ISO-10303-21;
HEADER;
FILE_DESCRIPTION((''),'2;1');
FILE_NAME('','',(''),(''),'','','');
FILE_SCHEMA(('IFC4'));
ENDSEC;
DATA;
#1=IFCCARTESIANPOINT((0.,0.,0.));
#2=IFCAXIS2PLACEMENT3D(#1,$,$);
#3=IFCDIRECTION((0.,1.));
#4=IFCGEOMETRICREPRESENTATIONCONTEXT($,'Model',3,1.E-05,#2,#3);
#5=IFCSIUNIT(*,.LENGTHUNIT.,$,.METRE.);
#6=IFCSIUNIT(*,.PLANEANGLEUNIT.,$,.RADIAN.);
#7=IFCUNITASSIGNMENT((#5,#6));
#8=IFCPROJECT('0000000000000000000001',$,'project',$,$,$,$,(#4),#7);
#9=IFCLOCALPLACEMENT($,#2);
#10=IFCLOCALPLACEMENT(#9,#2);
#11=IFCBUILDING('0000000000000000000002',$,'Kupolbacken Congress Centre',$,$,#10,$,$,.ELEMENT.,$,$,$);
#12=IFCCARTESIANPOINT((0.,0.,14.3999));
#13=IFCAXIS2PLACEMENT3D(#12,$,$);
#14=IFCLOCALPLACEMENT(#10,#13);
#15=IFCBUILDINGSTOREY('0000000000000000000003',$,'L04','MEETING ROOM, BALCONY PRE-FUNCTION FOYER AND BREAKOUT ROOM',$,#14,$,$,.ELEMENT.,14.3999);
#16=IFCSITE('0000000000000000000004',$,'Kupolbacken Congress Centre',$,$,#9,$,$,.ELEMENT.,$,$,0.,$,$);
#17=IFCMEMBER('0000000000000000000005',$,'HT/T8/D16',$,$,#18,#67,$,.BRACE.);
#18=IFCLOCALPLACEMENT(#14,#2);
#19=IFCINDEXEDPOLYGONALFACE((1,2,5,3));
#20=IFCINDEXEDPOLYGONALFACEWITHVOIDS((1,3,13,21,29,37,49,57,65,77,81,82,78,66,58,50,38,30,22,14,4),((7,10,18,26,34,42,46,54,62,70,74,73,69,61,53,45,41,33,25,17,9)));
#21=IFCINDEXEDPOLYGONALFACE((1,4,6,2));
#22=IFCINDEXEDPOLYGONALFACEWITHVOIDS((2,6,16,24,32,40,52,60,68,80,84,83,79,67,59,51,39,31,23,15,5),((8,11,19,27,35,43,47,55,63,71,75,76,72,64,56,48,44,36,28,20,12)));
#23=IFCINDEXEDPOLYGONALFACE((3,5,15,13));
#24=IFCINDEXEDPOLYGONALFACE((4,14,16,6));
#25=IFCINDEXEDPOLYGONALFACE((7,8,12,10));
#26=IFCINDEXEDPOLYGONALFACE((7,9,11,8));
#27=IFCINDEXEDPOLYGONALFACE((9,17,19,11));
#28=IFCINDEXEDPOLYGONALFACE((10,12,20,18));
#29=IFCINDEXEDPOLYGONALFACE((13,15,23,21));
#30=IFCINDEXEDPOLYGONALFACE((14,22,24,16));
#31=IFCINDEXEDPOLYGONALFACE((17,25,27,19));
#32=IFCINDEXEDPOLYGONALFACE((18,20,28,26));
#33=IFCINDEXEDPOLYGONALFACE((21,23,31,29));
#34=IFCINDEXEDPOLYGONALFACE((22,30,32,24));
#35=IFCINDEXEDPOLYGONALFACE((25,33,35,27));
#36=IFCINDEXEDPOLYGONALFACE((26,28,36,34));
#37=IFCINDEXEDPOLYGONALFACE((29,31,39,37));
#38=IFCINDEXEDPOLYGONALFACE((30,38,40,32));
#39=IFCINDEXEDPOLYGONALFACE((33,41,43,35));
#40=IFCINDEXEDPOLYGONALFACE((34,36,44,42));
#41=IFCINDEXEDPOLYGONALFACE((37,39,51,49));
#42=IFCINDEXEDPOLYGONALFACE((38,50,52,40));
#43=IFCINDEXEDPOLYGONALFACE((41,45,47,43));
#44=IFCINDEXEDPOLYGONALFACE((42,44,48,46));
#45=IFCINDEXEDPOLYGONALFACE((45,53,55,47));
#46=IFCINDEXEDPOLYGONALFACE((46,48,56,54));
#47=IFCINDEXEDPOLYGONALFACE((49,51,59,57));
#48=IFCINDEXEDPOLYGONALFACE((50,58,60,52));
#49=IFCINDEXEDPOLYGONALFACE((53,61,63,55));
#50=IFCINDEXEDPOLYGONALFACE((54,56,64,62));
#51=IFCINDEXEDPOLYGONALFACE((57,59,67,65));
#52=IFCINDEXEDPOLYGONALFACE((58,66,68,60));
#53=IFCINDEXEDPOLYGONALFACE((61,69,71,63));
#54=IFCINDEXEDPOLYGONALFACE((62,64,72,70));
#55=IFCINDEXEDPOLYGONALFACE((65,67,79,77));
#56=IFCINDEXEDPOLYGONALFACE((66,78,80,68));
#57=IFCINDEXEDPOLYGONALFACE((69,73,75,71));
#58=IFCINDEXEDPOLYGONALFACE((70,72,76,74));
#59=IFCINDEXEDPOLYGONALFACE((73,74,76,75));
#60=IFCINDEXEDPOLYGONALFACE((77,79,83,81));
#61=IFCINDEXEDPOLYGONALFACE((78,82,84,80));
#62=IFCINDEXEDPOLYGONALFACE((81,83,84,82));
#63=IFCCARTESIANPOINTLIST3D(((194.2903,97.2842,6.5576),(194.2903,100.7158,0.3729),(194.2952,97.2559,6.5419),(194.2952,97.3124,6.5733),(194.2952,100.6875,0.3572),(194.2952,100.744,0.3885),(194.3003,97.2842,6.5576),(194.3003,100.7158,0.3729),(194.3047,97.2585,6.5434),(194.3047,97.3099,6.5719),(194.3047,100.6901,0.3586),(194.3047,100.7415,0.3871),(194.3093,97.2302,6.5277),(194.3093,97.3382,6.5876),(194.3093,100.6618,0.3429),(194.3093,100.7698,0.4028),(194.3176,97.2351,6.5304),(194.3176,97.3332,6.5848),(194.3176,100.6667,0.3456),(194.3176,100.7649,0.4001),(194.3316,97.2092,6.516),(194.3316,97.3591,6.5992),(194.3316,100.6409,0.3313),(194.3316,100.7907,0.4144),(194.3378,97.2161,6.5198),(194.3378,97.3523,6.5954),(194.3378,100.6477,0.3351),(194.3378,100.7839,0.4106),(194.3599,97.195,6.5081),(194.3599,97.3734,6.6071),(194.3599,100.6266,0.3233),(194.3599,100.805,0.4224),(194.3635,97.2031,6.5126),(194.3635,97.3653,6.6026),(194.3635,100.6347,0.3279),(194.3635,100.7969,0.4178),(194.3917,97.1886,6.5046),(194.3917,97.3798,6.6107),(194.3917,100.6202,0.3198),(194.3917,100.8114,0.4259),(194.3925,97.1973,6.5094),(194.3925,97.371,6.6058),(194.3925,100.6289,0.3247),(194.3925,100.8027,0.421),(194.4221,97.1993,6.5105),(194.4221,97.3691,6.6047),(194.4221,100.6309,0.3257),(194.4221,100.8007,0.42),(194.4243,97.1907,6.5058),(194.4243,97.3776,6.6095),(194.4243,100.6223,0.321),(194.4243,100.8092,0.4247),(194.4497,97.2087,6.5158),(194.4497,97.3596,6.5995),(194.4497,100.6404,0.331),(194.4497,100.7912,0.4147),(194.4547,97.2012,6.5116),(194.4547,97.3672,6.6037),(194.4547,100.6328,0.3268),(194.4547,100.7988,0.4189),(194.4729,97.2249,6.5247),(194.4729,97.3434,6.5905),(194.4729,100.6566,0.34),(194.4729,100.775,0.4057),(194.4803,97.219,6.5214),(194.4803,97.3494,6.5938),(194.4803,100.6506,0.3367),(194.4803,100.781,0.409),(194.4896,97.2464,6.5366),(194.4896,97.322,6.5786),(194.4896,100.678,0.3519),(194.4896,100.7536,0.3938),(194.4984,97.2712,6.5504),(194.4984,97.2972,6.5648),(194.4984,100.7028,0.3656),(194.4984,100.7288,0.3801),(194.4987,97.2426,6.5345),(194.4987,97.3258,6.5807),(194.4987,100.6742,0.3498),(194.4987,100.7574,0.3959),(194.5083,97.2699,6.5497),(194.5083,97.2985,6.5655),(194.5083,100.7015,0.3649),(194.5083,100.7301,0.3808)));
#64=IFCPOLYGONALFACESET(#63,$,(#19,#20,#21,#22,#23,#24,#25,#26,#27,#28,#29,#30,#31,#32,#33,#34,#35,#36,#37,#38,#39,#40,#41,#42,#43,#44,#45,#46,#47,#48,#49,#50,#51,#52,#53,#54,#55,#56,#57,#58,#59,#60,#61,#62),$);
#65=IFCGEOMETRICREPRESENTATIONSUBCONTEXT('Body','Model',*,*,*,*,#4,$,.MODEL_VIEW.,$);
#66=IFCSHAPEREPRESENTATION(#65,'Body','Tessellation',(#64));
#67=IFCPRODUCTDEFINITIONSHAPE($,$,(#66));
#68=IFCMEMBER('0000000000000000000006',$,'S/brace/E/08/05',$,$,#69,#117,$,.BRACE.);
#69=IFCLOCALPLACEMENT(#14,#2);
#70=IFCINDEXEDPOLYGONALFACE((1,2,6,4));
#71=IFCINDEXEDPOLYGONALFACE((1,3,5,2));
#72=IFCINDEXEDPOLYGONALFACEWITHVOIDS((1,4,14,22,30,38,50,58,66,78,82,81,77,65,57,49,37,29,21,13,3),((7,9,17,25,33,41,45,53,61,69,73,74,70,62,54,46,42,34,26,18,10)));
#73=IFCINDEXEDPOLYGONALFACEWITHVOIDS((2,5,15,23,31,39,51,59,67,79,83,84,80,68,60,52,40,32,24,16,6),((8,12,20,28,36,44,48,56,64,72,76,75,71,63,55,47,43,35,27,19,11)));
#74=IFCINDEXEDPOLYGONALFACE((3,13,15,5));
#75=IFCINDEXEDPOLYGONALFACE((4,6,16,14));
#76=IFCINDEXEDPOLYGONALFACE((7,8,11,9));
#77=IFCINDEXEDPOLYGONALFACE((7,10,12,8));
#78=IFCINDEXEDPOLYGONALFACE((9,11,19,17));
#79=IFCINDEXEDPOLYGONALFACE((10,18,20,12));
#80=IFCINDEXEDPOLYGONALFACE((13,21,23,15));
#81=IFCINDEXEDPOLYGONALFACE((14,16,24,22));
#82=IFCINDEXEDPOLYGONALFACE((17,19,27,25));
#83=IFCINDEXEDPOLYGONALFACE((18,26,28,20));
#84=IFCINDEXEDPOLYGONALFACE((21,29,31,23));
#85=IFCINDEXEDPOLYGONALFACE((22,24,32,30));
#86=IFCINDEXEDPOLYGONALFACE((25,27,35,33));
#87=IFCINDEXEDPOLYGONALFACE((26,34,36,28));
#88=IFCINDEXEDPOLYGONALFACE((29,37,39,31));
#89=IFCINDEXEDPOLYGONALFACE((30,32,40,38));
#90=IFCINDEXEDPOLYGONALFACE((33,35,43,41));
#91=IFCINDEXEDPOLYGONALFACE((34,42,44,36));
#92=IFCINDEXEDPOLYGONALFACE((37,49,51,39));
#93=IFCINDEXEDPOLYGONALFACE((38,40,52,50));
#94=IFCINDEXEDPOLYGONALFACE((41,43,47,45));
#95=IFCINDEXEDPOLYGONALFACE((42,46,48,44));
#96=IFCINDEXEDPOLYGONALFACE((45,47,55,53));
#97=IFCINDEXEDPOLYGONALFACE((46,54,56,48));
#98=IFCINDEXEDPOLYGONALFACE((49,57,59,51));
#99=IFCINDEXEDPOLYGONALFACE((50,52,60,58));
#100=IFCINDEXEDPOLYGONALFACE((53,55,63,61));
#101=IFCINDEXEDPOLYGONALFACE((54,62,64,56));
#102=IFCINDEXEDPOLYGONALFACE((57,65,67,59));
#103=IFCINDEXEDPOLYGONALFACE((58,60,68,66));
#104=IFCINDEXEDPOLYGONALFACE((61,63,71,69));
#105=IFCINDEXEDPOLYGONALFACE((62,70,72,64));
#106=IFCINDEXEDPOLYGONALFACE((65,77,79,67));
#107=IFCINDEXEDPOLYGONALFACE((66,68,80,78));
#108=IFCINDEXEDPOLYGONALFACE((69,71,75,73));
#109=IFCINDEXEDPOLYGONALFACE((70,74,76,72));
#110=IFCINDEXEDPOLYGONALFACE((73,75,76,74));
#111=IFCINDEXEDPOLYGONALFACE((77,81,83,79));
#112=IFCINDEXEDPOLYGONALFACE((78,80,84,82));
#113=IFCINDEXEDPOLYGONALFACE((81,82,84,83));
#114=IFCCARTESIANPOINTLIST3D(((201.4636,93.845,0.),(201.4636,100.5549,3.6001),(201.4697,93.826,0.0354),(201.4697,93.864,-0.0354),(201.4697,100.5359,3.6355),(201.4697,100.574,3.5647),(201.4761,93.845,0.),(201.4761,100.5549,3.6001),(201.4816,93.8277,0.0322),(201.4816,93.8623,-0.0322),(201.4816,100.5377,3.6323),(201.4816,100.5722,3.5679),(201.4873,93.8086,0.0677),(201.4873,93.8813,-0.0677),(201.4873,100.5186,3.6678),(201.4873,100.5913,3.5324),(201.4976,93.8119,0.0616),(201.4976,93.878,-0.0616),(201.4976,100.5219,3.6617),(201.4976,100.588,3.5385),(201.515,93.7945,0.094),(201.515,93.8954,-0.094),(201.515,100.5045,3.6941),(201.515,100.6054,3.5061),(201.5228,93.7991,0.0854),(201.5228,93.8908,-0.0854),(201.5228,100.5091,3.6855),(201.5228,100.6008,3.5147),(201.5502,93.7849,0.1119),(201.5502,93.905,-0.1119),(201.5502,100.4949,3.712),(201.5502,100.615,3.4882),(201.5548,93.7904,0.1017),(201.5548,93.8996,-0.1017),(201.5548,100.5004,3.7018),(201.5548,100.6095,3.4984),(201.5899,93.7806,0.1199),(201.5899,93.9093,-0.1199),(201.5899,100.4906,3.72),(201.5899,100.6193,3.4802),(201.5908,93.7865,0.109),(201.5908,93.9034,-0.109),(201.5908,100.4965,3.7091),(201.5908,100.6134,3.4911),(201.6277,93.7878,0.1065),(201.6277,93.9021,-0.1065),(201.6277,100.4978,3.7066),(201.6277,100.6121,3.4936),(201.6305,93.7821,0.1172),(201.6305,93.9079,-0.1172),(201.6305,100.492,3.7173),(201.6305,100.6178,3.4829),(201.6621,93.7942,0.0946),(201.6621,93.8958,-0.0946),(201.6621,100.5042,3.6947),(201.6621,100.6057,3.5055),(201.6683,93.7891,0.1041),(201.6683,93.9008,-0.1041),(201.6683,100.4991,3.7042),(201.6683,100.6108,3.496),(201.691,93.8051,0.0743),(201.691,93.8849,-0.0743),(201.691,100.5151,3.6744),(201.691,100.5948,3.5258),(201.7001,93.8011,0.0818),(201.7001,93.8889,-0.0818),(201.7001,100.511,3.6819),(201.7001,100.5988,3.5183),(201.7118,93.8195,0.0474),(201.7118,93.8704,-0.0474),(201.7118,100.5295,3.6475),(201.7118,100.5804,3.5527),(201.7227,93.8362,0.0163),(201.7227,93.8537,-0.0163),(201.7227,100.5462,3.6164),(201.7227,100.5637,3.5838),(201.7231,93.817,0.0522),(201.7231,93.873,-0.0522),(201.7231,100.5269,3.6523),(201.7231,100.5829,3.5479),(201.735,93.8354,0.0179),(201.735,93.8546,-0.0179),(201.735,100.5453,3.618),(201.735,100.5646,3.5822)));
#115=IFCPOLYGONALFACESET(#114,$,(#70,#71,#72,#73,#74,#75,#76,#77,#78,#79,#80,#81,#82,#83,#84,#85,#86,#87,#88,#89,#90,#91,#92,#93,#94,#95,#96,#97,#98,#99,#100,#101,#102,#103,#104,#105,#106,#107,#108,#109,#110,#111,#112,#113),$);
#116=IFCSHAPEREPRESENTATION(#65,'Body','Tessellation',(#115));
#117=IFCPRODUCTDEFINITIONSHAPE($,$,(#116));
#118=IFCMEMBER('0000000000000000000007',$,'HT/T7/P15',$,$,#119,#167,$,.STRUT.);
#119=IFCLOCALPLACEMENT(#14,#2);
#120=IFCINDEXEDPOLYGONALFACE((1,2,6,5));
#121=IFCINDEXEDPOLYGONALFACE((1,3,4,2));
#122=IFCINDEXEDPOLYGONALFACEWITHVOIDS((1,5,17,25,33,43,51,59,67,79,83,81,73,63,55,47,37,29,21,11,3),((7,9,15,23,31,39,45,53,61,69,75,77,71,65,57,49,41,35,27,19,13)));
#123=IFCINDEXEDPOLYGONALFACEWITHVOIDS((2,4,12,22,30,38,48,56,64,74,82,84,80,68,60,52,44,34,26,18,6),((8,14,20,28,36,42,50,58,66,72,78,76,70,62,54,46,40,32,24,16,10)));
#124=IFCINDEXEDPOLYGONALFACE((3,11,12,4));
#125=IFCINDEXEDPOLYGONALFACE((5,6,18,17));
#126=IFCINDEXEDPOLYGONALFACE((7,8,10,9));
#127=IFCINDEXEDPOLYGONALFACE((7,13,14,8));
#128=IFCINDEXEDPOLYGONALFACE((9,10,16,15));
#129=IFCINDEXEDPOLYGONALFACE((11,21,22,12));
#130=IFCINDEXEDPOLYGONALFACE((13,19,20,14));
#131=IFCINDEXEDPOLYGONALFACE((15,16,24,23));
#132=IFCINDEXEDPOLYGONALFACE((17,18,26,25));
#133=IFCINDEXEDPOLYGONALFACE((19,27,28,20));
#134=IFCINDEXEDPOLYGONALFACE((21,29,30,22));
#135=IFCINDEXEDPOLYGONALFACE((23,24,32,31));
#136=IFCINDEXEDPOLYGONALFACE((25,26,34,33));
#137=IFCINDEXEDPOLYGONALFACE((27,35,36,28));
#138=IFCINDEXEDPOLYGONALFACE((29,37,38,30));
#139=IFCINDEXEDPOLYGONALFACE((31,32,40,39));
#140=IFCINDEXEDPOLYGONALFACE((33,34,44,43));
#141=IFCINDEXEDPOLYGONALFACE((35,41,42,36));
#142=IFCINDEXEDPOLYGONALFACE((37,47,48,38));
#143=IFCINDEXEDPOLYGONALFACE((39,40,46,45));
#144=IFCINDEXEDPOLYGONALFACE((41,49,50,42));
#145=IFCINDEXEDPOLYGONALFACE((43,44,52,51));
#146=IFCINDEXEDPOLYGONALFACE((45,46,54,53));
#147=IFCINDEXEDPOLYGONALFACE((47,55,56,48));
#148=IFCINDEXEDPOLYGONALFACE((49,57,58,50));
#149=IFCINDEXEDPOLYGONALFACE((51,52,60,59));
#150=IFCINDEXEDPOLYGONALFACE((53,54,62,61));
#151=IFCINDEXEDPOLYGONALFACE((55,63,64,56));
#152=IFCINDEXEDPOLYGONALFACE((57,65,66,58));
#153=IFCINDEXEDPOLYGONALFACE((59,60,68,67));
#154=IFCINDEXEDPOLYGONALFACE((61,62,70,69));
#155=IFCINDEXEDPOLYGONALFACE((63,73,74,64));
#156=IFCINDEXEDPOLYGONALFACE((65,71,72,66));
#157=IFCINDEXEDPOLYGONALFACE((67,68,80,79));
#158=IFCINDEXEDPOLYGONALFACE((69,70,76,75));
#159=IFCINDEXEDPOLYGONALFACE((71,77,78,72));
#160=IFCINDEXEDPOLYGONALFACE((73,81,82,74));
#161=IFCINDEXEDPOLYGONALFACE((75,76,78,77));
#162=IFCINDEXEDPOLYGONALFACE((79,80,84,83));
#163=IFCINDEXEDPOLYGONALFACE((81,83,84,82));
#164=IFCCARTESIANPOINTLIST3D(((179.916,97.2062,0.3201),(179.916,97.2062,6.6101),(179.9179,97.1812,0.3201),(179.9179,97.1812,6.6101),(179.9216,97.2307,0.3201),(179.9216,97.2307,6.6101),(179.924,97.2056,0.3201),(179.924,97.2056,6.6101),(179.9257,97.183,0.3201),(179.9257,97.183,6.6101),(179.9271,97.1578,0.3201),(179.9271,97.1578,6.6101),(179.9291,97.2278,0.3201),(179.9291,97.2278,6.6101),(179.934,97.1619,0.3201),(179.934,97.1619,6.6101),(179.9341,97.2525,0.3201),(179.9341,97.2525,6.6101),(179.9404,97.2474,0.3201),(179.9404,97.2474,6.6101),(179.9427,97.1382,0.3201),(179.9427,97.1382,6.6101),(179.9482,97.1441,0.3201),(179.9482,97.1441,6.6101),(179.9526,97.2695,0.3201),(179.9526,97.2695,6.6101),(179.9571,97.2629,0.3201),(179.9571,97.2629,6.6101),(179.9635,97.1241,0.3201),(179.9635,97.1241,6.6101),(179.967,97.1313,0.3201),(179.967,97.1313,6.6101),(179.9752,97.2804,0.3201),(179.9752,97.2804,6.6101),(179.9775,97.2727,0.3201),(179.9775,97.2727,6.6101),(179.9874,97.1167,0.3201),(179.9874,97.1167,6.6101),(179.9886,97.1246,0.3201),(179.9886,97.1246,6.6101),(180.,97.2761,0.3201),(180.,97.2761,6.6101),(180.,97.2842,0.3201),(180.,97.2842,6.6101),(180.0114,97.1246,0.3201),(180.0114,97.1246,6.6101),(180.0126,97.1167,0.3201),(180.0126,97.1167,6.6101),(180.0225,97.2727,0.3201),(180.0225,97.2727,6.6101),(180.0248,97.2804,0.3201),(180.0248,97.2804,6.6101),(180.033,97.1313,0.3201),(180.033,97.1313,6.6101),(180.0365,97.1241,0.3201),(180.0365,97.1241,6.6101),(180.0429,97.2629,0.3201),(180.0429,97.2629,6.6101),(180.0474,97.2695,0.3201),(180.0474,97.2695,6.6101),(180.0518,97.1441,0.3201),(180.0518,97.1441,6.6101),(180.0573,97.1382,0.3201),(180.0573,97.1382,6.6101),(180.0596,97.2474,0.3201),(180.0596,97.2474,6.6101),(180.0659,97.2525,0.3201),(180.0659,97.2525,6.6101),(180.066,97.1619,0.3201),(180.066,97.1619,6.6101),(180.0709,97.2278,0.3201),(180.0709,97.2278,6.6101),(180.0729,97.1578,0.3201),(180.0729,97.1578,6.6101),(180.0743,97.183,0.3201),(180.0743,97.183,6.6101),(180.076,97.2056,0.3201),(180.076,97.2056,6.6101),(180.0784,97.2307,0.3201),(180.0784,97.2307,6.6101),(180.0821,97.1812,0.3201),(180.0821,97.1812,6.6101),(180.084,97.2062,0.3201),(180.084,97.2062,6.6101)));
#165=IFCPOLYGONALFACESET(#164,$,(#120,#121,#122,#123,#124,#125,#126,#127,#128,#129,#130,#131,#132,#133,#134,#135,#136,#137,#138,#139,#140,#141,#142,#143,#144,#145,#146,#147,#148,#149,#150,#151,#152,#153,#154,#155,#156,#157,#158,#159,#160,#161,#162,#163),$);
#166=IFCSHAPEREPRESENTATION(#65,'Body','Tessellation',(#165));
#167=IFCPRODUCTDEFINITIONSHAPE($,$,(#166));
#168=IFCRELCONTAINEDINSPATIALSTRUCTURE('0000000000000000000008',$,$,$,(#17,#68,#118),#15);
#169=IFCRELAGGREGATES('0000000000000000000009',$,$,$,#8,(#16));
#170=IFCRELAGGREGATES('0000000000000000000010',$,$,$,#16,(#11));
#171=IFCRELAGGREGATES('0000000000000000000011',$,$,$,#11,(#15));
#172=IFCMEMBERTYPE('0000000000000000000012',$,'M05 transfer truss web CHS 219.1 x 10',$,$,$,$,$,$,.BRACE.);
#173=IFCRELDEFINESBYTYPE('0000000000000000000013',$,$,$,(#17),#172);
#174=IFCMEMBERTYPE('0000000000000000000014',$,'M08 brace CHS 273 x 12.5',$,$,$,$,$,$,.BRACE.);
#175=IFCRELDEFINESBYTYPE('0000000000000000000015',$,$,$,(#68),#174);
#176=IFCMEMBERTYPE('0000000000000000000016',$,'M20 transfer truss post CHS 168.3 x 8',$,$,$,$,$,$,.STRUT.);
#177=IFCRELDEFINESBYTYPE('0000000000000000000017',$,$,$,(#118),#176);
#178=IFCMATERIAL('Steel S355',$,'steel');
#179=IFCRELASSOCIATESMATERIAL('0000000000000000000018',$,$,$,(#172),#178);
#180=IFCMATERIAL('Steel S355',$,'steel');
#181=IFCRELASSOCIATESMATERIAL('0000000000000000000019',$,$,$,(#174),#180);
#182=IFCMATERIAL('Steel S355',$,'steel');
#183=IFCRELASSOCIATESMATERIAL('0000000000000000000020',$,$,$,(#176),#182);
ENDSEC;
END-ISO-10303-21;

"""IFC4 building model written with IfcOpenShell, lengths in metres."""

from ifc_helpers import new_model, si_unit, direction, frame, origin, origin_2d, place, context, subcontext, project, spatial, hollow_circle, extrude, material, material_profile, profile_set, type_object, element, save


model = new_model("IFC4")

# Units and contexts
model_context = context("Model", 3, precision=1e-05, world=origin(), true_north=direction((0.0, 1.0)))
body_context = subcontext(model_context, "Body", "Model", "MODEL_VIEW")
ifc_project = project(units=[si_unit("LENGTHUNIT", "METRE"), si_unit("PLANEANGLEUNIT", "RADIAN")], contexts=[model_context])

# Site, building, storey
site_placement = place(None, origin())
site = spatial("IfcSite", under=ifc_project, at=site_placement, Name="Kupolbacken Congress Centre", CompositionType="ELEMENT", RefElevation=0.0)
building_placement = place(site_placement, origin())
building = spatial("IfcBuilding", under=site, at=building_placement, Name="Kupolbacken Congress Centre", CompositionType="ELEMENT")
storey_placement = place(building_placement, frame((0.0, 0.0, 14.3999)))
storey = spatial("IfcBuildingStorey", under=building, at=storey_placement, Name="L04", Description="MEETING ROOM, BALCONY PRE-FUNCTION FOYER AND BREAKOUT ROOM", CompositionType="ELEMENT", Elevation=14.3999)

# Members
ifc_material_1 = material(Name="Steel S355", Category="steel")
ifc_material_profile_1 = material_profile(ifc_material_1, hollow_circle(Radius=0.1096, WallThickness=0.01, at=origin_2d()), Name="CHS 219.1 x 10")
ifc_profile_set_1 = profile_set([ifc_material_profile_1], Name="Steel S355")
member_type_1 = type_object("IfcMemberType", Name="M05 transfer truss web CHS 219.1 x 10", PredefinedType="BRACE", material=ifc_profile_set_1)
member_1_placement = place(storey_placement, frame((194.3999, 97.2842, 6.5576), z_axis=(0.0, 0.485171, -0.874419), x_axis=(-1.0, 0.0, 0.0)))
element("IfcMember", 1, at=member_1_placement, inside=storey, type_object=member_type_1, Name="HT/T8/D16", PredefinedType="BRACE", context=body_context, shape_type="SweptSolid", body=[
    extrude(hollow_circle(Radius=0.1096, WallThickness=0.01, at=origin_2d()), origin(), (0.0, 0.0, 1.0), 7.073),
])
ifc_material_2 = material(Name="Steel S355", Category="steel")
ifc_material_profile_2 = material_profile(ifc_material_2, hollow_circle(Radius=0.1365, WallThickness=0.0125, at=origin_2d()), Name="CHS 273 x 12.5")
ifc_profile_set_2 = profile_set([ifc_material_profile_2], Name="Steel S355")
member_type_2 = type_object("IfcMemberType", Name="M08 brace CHS 273 x 12.5", PredefinedType="BRACE", material=ifc_profile_set_2)
member_2_placement = place(storey_placement, frame((201.6001, 93.845, 0.0), z_axis=(0.0, 0.88118, 0.47278), x_axis=(-1.0, 0.0, 0.0)))
element("IfcMember", 2, at=member_2_placement, inside=storey, type_object=member_type_2, Name="S/brace/E/08/05", PredefinedType="BRACE", context=body_context, shape_type="SweptSolid", body=[
    extrude(hollow_circle(Radius=0.1365, WallThickness=0.0125, at=origin_2d()), origin(), (0.0, 0.0, 1.0), 7.6147),
])
ifc_material_3 = material(Name="Steel S355", Category="steel")
ifc_material_profile_3 = material_profile(ifc_material_3, hollow_circle(Radius=0.0842, WallThickness=0.0081, at=origin_2d()), Name="CHS 168.3 x 8")
ifc_profile_set_3 = profile_set([ifc_material_profile_3], Name="Steel S355")
member_type_3 = type_object("IfcMemberType", Name="M20 transfer truss post CHS 168.3 x 8", PredefinedType="STRUT", material=ifc_profile_set_3)
member_3_placement = place(storey_placement, frame((180.0, 97.2, 0.3201), z_axis=(0.0, 0.0, 1.0), x_axis=(0.0, 1.0, 0.0)))
element("IfcMember", 3, at=member_3_placement, inside=storey, type_object=member_type_3, Name="HT/T7/P15", PredefinedType="STRUT", context=body_context, shape_type="SweptSolid", body=[
    extrude(hollow_circle(Radius=0.0842, WallThickness=0.0081, at=origin_2d()), origin(), (0.0, 0.0, 1.0), 6.29),
])

save(model, "model.ifc")
